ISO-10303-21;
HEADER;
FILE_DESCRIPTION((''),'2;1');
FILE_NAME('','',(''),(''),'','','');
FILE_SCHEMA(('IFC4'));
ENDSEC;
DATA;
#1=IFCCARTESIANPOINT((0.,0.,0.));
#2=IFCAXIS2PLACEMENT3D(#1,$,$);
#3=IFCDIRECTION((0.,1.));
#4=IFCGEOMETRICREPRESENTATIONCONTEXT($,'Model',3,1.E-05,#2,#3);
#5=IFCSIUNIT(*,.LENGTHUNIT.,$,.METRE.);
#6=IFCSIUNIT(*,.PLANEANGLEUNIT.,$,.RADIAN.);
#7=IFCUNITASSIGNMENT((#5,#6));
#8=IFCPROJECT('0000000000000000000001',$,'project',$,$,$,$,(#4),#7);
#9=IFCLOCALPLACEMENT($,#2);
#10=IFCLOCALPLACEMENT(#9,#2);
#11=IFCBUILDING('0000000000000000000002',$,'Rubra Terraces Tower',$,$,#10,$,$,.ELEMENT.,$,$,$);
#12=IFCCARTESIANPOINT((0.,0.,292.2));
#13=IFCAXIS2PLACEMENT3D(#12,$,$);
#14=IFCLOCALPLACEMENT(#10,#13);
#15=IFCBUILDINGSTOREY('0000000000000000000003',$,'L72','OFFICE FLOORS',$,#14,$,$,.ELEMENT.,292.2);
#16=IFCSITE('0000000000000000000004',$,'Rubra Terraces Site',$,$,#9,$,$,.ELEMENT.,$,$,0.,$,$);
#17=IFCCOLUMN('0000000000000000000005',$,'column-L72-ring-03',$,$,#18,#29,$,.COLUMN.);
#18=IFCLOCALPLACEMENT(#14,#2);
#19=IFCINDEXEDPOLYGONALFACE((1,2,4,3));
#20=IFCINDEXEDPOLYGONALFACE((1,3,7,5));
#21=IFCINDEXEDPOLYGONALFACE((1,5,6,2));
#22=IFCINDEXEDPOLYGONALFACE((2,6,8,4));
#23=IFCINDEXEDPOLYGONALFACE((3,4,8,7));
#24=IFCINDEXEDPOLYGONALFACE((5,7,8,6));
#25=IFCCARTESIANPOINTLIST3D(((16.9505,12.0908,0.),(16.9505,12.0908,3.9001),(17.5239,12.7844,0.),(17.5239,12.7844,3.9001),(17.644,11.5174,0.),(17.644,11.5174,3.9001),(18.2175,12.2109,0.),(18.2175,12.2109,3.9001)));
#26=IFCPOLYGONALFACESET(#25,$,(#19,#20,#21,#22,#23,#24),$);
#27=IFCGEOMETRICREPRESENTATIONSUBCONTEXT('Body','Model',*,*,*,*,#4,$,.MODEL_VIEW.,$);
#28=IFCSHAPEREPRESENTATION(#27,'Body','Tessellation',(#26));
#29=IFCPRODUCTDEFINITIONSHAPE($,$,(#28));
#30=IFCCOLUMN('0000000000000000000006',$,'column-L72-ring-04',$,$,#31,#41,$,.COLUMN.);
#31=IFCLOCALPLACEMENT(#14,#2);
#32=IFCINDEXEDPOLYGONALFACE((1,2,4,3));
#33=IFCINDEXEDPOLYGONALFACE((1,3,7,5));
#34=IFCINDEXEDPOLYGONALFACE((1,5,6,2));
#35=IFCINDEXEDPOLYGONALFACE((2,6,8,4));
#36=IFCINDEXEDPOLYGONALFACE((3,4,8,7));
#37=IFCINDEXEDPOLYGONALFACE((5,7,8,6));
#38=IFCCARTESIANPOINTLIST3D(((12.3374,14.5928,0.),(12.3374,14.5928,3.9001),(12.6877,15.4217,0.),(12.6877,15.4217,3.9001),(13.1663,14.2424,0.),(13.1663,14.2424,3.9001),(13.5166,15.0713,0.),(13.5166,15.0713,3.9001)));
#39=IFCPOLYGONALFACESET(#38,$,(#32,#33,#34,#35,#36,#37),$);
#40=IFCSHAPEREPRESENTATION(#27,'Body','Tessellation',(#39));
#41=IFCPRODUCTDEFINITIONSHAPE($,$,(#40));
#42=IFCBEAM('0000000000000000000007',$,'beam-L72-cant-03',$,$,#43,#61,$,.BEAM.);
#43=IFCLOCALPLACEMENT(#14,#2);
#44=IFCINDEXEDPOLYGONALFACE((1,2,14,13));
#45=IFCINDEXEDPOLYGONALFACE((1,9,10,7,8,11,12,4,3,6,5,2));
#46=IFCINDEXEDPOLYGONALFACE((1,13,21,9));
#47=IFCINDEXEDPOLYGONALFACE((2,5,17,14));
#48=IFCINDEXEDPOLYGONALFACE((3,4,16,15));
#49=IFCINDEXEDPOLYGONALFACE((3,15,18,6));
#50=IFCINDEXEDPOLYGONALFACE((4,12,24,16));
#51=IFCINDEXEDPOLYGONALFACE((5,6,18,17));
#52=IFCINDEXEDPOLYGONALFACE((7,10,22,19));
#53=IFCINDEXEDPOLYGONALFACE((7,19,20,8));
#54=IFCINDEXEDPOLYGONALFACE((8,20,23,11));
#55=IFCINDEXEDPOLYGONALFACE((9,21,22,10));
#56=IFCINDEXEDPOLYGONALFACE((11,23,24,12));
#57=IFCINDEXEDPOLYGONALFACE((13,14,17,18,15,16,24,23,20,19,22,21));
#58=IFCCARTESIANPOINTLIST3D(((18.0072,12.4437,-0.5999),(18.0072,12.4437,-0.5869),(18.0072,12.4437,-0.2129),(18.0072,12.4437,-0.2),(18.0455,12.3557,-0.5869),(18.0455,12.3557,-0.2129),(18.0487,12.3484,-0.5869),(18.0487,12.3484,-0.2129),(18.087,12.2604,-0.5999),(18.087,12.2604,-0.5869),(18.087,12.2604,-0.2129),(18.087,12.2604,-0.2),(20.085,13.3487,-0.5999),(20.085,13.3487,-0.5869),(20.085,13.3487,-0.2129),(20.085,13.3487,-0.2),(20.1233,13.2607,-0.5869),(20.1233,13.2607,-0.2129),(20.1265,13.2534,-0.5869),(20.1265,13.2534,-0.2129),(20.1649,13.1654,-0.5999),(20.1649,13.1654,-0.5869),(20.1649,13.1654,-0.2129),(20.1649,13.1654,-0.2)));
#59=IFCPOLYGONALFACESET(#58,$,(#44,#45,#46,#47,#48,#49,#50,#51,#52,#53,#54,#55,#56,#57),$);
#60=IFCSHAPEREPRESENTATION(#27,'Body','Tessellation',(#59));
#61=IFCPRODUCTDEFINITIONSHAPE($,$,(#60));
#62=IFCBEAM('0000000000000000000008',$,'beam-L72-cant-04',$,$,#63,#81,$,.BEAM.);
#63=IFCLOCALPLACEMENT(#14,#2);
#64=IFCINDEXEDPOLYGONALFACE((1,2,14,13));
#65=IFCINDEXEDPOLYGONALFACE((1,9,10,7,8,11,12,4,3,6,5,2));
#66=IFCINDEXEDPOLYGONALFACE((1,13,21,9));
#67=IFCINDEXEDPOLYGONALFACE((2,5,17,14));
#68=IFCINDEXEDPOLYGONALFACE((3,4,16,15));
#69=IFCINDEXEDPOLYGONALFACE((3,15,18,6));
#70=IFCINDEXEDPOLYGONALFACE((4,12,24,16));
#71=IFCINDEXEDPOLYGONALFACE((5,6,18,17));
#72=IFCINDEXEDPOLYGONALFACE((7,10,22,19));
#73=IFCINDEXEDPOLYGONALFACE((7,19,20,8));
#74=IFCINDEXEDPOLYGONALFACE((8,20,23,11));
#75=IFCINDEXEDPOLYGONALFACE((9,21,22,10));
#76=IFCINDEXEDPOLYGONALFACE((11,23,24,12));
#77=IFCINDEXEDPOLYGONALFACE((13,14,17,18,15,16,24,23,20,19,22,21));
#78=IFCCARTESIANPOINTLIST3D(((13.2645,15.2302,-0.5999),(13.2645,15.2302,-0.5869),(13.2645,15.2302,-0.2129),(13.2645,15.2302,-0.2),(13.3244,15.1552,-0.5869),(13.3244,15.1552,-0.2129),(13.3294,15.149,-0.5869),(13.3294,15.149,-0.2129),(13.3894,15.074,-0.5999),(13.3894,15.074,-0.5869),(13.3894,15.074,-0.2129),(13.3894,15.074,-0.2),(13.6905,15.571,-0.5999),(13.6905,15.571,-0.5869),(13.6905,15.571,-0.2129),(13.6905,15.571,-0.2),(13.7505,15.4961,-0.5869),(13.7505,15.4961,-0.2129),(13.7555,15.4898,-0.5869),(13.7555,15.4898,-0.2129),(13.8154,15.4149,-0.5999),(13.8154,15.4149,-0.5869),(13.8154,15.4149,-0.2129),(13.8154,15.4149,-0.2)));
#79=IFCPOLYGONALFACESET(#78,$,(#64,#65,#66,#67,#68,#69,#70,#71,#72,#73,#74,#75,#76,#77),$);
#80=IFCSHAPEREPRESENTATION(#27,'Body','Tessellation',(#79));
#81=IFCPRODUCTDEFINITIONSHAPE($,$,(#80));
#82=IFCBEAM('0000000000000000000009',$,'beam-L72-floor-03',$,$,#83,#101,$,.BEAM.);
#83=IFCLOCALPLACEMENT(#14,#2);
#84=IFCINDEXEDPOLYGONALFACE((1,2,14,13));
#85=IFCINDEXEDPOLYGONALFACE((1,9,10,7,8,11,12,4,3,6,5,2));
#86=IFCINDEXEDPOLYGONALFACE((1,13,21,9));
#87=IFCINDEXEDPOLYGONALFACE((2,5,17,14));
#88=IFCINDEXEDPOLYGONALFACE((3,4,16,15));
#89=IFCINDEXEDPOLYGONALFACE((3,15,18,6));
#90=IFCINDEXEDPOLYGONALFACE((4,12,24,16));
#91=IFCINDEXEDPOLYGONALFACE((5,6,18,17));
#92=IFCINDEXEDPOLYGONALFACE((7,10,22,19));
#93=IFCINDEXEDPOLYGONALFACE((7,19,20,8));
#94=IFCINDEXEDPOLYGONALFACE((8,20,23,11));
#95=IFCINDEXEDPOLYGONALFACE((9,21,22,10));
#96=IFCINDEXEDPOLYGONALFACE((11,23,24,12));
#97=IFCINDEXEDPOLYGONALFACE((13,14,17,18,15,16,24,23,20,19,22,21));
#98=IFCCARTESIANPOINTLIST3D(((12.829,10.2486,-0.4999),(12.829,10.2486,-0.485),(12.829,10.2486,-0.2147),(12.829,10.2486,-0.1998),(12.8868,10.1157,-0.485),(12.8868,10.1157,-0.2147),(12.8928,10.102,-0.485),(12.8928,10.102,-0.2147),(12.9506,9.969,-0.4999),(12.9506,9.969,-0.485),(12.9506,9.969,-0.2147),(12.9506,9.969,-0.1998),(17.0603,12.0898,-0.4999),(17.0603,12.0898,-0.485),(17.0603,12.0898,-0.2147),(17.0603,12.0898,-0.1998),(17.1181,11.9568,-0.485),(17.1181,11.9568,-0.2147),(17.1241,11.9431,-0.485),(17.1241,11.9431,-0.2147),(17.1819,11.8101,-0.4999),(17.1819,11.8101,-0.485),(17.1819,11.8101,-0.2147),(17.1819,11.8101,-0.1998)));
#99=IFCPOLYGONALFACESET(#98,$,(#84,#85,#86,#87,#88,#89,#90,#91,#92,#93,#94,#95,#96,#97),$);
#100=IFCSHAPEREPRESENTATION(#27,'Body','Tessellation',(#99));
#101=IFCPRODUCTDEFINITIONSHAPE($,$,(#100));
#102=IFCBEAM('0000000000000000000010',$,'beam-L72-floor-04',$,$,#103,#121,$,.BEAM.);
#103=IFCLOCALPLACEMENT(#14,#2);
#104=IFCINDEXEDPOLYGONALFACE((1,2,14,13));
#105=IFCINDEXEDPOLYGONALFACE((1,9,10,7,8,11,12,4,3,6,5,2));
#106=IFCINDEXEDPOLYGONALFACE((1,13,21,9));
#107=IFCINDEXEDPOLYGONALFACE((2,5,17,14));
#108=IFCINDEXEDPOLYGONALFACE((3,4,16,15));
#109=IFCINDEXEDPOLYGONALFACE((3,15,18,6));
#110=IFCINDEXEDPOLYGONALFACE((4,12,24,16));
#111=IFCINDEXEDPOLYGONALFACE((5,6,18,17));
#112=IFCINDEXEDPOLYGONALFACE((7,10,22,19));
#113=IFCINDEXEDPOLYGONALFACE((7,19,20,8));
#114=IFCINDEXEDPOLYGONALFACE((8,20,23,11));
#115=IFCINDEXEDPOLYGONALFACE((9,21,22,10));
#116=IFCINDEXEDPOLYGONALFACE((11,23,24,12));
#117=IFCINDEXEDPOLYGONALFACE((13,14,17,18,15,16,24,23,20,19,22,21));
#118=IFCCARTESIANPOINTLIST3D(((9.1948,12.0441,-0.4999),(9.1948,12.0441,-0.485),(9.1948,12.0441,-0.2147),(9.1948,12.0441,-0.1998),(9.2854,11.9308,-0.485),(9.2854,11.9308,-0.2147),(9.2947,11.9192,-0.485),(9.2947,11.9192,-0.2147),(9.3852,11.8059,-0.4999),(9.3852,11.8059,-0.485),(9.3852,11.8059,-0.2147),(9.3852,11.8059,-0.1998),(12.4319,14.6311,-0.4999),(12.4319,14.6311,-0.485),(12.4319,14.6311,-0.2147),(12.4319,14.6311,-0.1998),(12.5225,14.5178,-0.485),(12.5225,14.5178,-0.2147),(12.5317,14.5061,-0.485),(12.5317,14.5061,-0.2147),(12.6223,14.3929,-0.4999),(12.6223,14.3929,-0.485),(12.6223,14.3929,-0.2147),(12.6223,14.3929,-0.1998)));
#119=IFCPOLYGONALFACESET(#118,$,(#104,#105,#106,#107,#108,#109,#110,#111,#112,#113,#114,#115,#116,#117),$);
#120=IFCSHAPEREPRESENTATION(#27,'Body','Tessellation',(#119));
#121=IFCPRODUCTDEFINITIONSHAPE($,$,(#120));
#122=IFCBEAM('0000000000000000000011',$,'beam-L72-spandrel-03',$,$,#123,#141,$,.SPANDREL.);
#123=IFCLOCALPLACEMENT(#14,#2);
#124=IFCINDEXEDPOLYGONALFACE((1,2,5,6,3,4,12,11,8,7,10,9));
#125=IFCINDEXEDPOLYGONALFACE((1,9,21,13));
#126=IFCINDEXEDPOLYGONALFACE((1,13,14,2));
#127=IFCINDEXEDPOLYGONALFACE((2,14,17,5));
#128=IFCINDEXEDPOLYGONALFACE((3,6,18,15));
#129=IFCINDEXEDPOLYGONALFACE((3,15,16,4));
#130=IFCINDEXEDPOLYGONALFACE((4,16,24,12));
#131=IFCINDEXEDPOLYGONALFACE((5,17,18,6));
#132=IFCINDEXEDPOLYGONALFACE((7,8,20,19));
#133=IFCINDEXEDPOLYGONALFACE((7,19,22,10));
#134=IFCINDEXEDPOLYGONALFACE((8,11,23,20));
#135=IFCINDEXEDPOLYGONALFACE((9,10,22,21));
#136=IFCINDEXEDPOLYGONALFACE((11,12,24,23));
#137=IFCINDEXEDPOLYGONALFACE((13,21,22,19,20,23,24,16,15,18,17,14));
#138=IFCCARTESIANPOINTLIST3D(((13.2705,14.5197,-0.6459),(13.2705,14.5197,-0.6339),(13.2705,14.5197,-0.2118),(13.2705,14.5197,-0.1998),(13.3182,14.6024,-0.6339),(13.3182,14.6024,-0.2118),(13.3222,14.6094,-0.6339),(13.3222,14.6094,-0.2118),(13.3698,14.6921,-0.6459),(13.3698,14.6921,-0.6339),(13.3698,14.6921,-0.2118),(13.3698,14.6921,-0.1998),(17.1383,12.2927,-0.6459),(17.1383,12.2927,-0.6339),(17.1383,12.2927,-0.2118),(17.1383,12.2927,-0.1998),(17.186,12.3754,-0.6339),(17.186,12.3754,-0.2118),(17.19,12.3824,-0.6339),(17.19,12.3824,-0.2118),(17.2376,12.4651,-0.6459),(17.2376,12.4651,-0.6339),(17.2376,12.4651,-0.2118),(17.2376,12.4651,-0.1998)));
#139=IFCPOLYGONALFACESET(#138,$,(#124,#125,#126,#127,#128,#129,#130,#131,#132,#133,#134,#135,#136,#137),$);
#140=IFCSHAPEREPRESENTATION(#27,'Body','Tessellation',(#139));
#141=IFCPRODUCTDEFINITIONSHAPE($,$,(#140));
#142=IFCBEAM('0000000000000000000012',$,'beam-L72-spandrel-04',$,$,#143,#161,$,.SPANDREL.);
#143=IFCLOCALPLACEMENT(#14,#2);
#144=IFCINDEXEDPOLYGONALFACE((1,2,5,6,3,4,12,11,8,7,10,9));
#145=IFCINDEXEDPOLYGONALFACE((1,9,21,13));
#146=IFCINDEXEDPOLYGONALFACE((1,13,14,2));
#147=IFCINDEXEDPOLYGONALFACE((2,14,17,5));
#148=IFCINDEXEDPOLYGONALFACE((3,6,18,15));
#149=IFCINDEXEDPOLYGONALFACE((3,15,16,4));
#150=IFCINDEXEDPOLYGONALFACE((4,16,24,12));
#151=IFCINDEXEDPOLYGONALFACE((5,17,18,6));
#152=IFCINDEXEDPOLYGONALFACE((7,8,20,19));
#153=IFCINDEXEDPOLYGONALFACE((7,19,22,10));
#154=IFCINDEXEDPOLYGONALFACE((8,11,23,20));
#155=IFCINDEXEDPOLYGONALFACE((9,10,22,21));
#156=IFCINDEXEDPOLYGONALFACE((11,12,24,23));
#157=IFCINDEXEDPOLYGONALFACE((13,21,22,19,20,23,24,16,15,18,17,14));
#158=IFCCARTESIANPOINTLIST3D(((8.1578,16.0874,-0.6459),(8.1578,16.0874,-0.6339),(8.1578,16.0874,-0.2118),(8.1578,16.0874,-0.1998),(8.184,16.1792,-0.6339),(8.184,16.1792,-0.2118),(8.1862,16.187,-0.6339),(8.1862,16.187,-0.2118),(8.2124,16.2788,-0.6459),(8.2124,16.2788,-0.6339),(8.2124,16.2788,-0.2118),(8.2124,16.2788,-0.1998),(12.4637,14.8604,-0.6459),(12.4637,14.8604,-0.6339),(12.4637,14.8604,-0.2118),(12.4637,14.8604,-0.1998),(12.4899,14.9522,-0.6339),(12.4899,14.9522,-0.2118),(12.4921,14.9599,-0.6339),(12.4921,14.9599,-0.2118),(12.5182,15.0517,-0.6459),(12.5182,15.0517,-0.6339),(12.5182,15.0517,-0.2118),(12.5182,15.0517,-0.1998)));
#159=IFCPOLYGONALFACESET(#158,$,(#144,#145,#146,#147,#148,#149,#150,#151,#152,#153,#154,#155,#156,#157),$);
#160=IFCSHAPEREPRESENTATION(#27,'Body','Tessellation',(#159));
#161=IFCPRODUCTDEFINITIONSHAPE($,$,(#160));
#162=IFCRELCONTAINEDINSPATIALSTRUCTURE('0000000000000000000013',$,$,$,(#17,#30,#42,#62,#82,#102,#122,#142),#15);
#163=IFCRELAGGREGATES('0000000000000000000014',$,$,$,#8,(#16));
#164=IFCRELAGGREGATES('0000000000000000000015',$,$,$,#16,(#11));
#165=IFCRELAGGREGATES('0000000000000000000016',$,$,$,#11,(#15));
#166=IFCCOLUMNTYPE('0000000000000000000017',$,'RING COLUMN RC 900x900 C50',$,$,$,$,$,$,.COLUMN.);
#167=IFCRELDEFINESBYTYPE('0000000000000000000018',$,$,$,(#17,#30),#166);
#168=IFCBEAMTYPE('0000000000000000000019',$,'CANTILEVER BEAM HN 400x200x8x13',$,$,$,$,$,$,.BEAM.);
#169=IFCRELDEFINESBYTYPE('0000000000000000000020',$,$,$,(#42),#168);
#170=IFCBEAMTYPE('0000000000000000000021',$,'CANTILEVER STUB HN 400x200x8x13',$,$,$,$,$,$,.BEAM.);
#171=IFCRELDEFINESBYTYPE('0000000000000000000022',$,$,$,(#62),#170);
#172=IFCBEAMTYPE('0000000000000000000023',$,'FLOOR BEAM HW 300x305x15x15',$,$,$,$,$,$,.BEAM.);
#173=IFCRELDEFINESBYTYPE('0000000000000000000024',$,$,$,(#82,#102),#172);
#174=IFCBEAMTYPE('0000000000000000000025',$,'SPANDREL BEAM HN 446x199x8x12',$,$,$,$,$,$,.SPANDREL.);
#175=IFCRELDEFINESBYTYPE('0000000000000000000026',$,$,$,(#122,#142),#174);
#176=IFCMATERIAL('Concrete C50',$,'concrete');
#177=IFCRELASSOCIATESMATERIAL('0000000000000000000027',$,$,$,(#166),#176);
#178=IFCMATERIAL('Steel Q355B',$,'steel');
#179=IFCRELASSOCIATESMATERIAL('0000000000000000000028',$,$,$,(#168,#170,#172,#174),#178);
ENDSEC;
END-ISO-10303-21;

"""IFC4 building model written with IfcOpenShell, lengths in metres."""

from ifc_helpers import new_model, si_unit, direction, frame, origin, origin_2d, place, context, subcontext, project, spatial, rectangle, i_section, extrude, material, material_profile, profile_set, type_object, element, save


model = new_model("IFC4")

# Units and contexts
model_context = context("Model", 3, precision=1e-05, world=origin(), true_north=direction((0.0, 1.0)))
body_context = subcontext(model_context, "Body", "Model", "MODEL_VIEW")
ifc_project = project(units=[si_unit("LENGTHUNIT", "METRE"), si_unit("PLANEANGLEUNIT", "RADIAN")], contexts=[model_context])

# Site, building, storey
site_placement = place(None, origin())
site = spatial("IfcSite", under=ifc_project, at=site_placement, Name="Rubra Terraces Site", CompositionType="ELEMENT", RefElevation=0.0)
building_placement = place(site_placement, origin())
building = spatial("IfcBuilding", under=site, at=building_placement, Name="Rubra Terraces Tower", CompositionType="ELEMENT")
storey_placement = place(building_placement, frame((0.0, 0.0, 292.2)))
storey = spatial("IfcBuildingStorey", under=building, at=storey_placement, Name="L72", Description="OFFICE FLOORS", CompositionType="ELEMENT", Elevation=292.2)

# Columns
ifc_material_1 = material(Name="Concrete C50", Category="concrete")
ifc_material_profile_1 = material_profile(ifc_material_1, rectangle(XDim=0.8999, YDim=0.8999, at=origin_2d()), Name="RC 900x900")
ifc_profile_set_1 = profile_set([ifc_material_profile_1], Name="Concrete C50")
column_type = type_object("IfcColumnType", Name="RING COLUMN RC 900x900 C50", PredefinedType="COLUMN", material=ifc_profile_set_1)
for number, where, z_axis, x_axis, name in (
    (1, (17.584, 12.1509, 0.0), (0.0, 0.0, 1.0), (-0.770679, 0.637223, 0.0), "column-L72-ring-03"),
    (2, (12.927, 14.832, 0.0), (0.0, 0.0, 1.0), (-0.921106, 0.389313, 0.0), "column-L72-ring-04"),
):
    element("IfcColumn", number, at=place(storey_placement, frame(where, z_axis=z_axis, x_axis=x_axis)), inside=storey, type_object=column_type, Name=name, PredefinedType="COLUMN", context=body_context, shape_type="SweptSolid", body=[
        extrude(rectangle(XDim=0.8999, YDim=0.8999, at=origin_2d()), origin(), (0.0, 0.0, 1.0), 3.9001),
    ])

# Beams
ifc_material_2 = material(Name="Steel Q355B", Category="steel")
ifc_material_profile_2 = material_profile(ifc_material_2, i_section(OverallWidth=0.2, OverallDepth=0.3999, WebThickness=0.0081, FlangeThickness=0.0129, at=origin_2d()), Name="HN 400x200x8x13")
ifc_profile_set_2 = profile_set([ifc_material_profile_2], Name="Steel Q355B")
beam_type_1 = type_object("IfcBeamType", Name="CANTILEVER BEAM HN 400x200x8x13", PredefinedType="BEAM", material=ifc_profile_set_2)
beam_1_placement = place(storey_placement, frame((18.0471, 12.3521, -0.3999), z_axis=(0.916811, 0.399321, 0.0), x_axis=(-0.399321, 0.916811, 0.0)))
element("IfcBeam", 3, at=beam_1_placement, inside=storey, type_object=beam_type_1, Name="beam-L72-cant-03", PredefinedType="BEAM", context=body_context, shape_type="SweptSolid", body=[
    extrude(i_section(OverallWidth=0.2, OverallDepth=0.3999, WebThickness=0.0081, FlangeThickness=0.0129, at=origin_2d()), origin(), (0.0, 0.0, 1.0), 2.2664),
])
ifc_material_profile_3 = material_profile(ifc_material_2, i_section(OverallWidth=0.2, OverallDepth=0.3999, WebThickness=0.0081, FlangeThickness=0.0129, at=origin_2d()), Name="HN 400x200x8x13")
ifc_profile_set_3 = profile_set([ifc_material_profile_3], Name="Steel Q355B")
beam_type_2 = type_object("IfcBeamType", Name="CANTILEVER STUB HN 400x200x8x13", PredefinedType="BEAM", material=ifc_profile_set_3)
beam_2_placement = place(storey_placement, frame((13.3269, 15.1521, -0.3999), z_axis=(0.780869, 0.624695, 0.0), x_axis=(-0.624695, 0.780869, 0.0)))
element("IfcBeam", 4, at=beam_2_placement, inside=storey, type_object=beam_type_2, Name="beam-L72-cant-04", PredefinedType="BEAM", context=body_context, shape_type="SweptSolid", body=[
    extrude(i_section(OverallWidth=0.2, OverallDepth=0.3999, WebThickness=0.0081, FlangeThickness=0.0129, at=origin_2d()), origin(), (0.0, 0.0, 1.0), 0.5457),
])
ifc_material_profile_4 = material_profile(ifc_material_2, i_section(OverallWidth=0.3049, OverallDepth=0.3, WebThickness=0.0149, FlangeThickness=0.0149, at=origin_2d()), Name="HW 300x305x15x15")
ifc_profile_set_4 = profile_set([ifc_material_profile_4], Name="Steel Q355B")
beam_type_3 = type_object("IfcBeamType", Name="FLOOR BEAM HW 300x305x15x15", PredefinedType="BEAM", material=ifc_profile_set_4)
beam_3_placement = place(storey_placement, frame((17.1211, 11.95, -0.3499), z_axis=(-0.916958, -0.398983, 0.0), x_axis=(0.398983, -0.916958, 0.0)))
element("IfcBeam", 5, at=beam_3_placement, inside=storey, type_object=beam_type_3, Name="beam-L72-floor-03", PredefinedType="BEAM", context=body_context, shape_type="SweptSolid", body=[
    extrude(i_section(OverallWidth=0.3049, OverallDepth=0.3, WebThickness=0.0149, FlangeThickness=0.0149, at=origin_2d()), origin(), (0.0, 0.0, 1.0), 4.6145),
])
beam_4_placement = place(storey_placement, frame((12.5271, 14.512, -0.3499), z_axis=(-0.781191, -0.624293, 0.0), x_axis=(0.624293, -0.781191, 0.0)))
element("IfcBeam", 6, at=beam_4_placement, inside=storey, type_object=beam_type_3, Name="beam-L72-floor-04", PredefinedType="BEAM", context=body_context, shape_type="SweptSolid", body=[
    extrude(i_section(OverallWidth=0.3049, OverallDepth=0.3, WebThickness=0.0149, FlangeThickness=0.0149, at=origin_2d()), origin(), (0.0, 0.0, 1.0), 4.1438),
])
ifc_material_profile_5 = material_profile(ifc_material_2, i_section(OverallWidth=0.199, OverallDepth=0.446, WebThickness=0.0081, FlangeThickness=0.012, at=origin_2d()), Name="HN 446x199x8x12")
ifc_profile_set_5 = profile_set([ifc_material_profile_5], Name="Steel Q355B")
beam_type_4 = type_object("IfcBeamType", Name="SPANDREL BEAM HN 446x199x8x12", PredefinedType="SPANDREL", material=ifc_profile_set_5)
beam_5_placement = place(storey_placement, frame((17.188, 12.3789, -0.4229), z_axis=(-0.866616, 0.498976, 0.0), x_axis=(-0.498976, -0.866616, 0.0)))
element("IfcBeam", 7, at=beam_5_placement, inside=storey, type_object=beam_type_4, Name="beam-L72-spandrel-03", PredefinedType="SPANDREL", context=body_context, shape_type="SweptSolid", body=[
    extrude(i_section(OverallWidth=0.199, OverallDepth=0.446, WebThickness=0.0081, FlangeThickness=0.012, at=origin_2d()), origin(), (0.0, 0.0, 1.0), 4.4631),
])
beam_6_placement = place(storey_placement, frame((12.491, 14.9561, -0.4229), z_axis=(-0.961713, 0.274058, 0.0), x_axis=(-0.274058, -0.961713, 0.0)))
element("IfcBeam", 8, at=beam_6_placement, inside=storey, type_object=beam_type_4, Name="beam-L72-spandrel-04", PredefinedType="SPANDREL", context=body_context, shape_type="SweptSolid", body=[
    extrude(i_section(OverallWidth=0.199, OverallDepth=0.446, WebThickness=0.0081, FlangeThickness=0.012, at=origin_2d()), origin(), (0.0, 0.0, 1.0), 4.4773),
])

save(model, "model.ifc")
